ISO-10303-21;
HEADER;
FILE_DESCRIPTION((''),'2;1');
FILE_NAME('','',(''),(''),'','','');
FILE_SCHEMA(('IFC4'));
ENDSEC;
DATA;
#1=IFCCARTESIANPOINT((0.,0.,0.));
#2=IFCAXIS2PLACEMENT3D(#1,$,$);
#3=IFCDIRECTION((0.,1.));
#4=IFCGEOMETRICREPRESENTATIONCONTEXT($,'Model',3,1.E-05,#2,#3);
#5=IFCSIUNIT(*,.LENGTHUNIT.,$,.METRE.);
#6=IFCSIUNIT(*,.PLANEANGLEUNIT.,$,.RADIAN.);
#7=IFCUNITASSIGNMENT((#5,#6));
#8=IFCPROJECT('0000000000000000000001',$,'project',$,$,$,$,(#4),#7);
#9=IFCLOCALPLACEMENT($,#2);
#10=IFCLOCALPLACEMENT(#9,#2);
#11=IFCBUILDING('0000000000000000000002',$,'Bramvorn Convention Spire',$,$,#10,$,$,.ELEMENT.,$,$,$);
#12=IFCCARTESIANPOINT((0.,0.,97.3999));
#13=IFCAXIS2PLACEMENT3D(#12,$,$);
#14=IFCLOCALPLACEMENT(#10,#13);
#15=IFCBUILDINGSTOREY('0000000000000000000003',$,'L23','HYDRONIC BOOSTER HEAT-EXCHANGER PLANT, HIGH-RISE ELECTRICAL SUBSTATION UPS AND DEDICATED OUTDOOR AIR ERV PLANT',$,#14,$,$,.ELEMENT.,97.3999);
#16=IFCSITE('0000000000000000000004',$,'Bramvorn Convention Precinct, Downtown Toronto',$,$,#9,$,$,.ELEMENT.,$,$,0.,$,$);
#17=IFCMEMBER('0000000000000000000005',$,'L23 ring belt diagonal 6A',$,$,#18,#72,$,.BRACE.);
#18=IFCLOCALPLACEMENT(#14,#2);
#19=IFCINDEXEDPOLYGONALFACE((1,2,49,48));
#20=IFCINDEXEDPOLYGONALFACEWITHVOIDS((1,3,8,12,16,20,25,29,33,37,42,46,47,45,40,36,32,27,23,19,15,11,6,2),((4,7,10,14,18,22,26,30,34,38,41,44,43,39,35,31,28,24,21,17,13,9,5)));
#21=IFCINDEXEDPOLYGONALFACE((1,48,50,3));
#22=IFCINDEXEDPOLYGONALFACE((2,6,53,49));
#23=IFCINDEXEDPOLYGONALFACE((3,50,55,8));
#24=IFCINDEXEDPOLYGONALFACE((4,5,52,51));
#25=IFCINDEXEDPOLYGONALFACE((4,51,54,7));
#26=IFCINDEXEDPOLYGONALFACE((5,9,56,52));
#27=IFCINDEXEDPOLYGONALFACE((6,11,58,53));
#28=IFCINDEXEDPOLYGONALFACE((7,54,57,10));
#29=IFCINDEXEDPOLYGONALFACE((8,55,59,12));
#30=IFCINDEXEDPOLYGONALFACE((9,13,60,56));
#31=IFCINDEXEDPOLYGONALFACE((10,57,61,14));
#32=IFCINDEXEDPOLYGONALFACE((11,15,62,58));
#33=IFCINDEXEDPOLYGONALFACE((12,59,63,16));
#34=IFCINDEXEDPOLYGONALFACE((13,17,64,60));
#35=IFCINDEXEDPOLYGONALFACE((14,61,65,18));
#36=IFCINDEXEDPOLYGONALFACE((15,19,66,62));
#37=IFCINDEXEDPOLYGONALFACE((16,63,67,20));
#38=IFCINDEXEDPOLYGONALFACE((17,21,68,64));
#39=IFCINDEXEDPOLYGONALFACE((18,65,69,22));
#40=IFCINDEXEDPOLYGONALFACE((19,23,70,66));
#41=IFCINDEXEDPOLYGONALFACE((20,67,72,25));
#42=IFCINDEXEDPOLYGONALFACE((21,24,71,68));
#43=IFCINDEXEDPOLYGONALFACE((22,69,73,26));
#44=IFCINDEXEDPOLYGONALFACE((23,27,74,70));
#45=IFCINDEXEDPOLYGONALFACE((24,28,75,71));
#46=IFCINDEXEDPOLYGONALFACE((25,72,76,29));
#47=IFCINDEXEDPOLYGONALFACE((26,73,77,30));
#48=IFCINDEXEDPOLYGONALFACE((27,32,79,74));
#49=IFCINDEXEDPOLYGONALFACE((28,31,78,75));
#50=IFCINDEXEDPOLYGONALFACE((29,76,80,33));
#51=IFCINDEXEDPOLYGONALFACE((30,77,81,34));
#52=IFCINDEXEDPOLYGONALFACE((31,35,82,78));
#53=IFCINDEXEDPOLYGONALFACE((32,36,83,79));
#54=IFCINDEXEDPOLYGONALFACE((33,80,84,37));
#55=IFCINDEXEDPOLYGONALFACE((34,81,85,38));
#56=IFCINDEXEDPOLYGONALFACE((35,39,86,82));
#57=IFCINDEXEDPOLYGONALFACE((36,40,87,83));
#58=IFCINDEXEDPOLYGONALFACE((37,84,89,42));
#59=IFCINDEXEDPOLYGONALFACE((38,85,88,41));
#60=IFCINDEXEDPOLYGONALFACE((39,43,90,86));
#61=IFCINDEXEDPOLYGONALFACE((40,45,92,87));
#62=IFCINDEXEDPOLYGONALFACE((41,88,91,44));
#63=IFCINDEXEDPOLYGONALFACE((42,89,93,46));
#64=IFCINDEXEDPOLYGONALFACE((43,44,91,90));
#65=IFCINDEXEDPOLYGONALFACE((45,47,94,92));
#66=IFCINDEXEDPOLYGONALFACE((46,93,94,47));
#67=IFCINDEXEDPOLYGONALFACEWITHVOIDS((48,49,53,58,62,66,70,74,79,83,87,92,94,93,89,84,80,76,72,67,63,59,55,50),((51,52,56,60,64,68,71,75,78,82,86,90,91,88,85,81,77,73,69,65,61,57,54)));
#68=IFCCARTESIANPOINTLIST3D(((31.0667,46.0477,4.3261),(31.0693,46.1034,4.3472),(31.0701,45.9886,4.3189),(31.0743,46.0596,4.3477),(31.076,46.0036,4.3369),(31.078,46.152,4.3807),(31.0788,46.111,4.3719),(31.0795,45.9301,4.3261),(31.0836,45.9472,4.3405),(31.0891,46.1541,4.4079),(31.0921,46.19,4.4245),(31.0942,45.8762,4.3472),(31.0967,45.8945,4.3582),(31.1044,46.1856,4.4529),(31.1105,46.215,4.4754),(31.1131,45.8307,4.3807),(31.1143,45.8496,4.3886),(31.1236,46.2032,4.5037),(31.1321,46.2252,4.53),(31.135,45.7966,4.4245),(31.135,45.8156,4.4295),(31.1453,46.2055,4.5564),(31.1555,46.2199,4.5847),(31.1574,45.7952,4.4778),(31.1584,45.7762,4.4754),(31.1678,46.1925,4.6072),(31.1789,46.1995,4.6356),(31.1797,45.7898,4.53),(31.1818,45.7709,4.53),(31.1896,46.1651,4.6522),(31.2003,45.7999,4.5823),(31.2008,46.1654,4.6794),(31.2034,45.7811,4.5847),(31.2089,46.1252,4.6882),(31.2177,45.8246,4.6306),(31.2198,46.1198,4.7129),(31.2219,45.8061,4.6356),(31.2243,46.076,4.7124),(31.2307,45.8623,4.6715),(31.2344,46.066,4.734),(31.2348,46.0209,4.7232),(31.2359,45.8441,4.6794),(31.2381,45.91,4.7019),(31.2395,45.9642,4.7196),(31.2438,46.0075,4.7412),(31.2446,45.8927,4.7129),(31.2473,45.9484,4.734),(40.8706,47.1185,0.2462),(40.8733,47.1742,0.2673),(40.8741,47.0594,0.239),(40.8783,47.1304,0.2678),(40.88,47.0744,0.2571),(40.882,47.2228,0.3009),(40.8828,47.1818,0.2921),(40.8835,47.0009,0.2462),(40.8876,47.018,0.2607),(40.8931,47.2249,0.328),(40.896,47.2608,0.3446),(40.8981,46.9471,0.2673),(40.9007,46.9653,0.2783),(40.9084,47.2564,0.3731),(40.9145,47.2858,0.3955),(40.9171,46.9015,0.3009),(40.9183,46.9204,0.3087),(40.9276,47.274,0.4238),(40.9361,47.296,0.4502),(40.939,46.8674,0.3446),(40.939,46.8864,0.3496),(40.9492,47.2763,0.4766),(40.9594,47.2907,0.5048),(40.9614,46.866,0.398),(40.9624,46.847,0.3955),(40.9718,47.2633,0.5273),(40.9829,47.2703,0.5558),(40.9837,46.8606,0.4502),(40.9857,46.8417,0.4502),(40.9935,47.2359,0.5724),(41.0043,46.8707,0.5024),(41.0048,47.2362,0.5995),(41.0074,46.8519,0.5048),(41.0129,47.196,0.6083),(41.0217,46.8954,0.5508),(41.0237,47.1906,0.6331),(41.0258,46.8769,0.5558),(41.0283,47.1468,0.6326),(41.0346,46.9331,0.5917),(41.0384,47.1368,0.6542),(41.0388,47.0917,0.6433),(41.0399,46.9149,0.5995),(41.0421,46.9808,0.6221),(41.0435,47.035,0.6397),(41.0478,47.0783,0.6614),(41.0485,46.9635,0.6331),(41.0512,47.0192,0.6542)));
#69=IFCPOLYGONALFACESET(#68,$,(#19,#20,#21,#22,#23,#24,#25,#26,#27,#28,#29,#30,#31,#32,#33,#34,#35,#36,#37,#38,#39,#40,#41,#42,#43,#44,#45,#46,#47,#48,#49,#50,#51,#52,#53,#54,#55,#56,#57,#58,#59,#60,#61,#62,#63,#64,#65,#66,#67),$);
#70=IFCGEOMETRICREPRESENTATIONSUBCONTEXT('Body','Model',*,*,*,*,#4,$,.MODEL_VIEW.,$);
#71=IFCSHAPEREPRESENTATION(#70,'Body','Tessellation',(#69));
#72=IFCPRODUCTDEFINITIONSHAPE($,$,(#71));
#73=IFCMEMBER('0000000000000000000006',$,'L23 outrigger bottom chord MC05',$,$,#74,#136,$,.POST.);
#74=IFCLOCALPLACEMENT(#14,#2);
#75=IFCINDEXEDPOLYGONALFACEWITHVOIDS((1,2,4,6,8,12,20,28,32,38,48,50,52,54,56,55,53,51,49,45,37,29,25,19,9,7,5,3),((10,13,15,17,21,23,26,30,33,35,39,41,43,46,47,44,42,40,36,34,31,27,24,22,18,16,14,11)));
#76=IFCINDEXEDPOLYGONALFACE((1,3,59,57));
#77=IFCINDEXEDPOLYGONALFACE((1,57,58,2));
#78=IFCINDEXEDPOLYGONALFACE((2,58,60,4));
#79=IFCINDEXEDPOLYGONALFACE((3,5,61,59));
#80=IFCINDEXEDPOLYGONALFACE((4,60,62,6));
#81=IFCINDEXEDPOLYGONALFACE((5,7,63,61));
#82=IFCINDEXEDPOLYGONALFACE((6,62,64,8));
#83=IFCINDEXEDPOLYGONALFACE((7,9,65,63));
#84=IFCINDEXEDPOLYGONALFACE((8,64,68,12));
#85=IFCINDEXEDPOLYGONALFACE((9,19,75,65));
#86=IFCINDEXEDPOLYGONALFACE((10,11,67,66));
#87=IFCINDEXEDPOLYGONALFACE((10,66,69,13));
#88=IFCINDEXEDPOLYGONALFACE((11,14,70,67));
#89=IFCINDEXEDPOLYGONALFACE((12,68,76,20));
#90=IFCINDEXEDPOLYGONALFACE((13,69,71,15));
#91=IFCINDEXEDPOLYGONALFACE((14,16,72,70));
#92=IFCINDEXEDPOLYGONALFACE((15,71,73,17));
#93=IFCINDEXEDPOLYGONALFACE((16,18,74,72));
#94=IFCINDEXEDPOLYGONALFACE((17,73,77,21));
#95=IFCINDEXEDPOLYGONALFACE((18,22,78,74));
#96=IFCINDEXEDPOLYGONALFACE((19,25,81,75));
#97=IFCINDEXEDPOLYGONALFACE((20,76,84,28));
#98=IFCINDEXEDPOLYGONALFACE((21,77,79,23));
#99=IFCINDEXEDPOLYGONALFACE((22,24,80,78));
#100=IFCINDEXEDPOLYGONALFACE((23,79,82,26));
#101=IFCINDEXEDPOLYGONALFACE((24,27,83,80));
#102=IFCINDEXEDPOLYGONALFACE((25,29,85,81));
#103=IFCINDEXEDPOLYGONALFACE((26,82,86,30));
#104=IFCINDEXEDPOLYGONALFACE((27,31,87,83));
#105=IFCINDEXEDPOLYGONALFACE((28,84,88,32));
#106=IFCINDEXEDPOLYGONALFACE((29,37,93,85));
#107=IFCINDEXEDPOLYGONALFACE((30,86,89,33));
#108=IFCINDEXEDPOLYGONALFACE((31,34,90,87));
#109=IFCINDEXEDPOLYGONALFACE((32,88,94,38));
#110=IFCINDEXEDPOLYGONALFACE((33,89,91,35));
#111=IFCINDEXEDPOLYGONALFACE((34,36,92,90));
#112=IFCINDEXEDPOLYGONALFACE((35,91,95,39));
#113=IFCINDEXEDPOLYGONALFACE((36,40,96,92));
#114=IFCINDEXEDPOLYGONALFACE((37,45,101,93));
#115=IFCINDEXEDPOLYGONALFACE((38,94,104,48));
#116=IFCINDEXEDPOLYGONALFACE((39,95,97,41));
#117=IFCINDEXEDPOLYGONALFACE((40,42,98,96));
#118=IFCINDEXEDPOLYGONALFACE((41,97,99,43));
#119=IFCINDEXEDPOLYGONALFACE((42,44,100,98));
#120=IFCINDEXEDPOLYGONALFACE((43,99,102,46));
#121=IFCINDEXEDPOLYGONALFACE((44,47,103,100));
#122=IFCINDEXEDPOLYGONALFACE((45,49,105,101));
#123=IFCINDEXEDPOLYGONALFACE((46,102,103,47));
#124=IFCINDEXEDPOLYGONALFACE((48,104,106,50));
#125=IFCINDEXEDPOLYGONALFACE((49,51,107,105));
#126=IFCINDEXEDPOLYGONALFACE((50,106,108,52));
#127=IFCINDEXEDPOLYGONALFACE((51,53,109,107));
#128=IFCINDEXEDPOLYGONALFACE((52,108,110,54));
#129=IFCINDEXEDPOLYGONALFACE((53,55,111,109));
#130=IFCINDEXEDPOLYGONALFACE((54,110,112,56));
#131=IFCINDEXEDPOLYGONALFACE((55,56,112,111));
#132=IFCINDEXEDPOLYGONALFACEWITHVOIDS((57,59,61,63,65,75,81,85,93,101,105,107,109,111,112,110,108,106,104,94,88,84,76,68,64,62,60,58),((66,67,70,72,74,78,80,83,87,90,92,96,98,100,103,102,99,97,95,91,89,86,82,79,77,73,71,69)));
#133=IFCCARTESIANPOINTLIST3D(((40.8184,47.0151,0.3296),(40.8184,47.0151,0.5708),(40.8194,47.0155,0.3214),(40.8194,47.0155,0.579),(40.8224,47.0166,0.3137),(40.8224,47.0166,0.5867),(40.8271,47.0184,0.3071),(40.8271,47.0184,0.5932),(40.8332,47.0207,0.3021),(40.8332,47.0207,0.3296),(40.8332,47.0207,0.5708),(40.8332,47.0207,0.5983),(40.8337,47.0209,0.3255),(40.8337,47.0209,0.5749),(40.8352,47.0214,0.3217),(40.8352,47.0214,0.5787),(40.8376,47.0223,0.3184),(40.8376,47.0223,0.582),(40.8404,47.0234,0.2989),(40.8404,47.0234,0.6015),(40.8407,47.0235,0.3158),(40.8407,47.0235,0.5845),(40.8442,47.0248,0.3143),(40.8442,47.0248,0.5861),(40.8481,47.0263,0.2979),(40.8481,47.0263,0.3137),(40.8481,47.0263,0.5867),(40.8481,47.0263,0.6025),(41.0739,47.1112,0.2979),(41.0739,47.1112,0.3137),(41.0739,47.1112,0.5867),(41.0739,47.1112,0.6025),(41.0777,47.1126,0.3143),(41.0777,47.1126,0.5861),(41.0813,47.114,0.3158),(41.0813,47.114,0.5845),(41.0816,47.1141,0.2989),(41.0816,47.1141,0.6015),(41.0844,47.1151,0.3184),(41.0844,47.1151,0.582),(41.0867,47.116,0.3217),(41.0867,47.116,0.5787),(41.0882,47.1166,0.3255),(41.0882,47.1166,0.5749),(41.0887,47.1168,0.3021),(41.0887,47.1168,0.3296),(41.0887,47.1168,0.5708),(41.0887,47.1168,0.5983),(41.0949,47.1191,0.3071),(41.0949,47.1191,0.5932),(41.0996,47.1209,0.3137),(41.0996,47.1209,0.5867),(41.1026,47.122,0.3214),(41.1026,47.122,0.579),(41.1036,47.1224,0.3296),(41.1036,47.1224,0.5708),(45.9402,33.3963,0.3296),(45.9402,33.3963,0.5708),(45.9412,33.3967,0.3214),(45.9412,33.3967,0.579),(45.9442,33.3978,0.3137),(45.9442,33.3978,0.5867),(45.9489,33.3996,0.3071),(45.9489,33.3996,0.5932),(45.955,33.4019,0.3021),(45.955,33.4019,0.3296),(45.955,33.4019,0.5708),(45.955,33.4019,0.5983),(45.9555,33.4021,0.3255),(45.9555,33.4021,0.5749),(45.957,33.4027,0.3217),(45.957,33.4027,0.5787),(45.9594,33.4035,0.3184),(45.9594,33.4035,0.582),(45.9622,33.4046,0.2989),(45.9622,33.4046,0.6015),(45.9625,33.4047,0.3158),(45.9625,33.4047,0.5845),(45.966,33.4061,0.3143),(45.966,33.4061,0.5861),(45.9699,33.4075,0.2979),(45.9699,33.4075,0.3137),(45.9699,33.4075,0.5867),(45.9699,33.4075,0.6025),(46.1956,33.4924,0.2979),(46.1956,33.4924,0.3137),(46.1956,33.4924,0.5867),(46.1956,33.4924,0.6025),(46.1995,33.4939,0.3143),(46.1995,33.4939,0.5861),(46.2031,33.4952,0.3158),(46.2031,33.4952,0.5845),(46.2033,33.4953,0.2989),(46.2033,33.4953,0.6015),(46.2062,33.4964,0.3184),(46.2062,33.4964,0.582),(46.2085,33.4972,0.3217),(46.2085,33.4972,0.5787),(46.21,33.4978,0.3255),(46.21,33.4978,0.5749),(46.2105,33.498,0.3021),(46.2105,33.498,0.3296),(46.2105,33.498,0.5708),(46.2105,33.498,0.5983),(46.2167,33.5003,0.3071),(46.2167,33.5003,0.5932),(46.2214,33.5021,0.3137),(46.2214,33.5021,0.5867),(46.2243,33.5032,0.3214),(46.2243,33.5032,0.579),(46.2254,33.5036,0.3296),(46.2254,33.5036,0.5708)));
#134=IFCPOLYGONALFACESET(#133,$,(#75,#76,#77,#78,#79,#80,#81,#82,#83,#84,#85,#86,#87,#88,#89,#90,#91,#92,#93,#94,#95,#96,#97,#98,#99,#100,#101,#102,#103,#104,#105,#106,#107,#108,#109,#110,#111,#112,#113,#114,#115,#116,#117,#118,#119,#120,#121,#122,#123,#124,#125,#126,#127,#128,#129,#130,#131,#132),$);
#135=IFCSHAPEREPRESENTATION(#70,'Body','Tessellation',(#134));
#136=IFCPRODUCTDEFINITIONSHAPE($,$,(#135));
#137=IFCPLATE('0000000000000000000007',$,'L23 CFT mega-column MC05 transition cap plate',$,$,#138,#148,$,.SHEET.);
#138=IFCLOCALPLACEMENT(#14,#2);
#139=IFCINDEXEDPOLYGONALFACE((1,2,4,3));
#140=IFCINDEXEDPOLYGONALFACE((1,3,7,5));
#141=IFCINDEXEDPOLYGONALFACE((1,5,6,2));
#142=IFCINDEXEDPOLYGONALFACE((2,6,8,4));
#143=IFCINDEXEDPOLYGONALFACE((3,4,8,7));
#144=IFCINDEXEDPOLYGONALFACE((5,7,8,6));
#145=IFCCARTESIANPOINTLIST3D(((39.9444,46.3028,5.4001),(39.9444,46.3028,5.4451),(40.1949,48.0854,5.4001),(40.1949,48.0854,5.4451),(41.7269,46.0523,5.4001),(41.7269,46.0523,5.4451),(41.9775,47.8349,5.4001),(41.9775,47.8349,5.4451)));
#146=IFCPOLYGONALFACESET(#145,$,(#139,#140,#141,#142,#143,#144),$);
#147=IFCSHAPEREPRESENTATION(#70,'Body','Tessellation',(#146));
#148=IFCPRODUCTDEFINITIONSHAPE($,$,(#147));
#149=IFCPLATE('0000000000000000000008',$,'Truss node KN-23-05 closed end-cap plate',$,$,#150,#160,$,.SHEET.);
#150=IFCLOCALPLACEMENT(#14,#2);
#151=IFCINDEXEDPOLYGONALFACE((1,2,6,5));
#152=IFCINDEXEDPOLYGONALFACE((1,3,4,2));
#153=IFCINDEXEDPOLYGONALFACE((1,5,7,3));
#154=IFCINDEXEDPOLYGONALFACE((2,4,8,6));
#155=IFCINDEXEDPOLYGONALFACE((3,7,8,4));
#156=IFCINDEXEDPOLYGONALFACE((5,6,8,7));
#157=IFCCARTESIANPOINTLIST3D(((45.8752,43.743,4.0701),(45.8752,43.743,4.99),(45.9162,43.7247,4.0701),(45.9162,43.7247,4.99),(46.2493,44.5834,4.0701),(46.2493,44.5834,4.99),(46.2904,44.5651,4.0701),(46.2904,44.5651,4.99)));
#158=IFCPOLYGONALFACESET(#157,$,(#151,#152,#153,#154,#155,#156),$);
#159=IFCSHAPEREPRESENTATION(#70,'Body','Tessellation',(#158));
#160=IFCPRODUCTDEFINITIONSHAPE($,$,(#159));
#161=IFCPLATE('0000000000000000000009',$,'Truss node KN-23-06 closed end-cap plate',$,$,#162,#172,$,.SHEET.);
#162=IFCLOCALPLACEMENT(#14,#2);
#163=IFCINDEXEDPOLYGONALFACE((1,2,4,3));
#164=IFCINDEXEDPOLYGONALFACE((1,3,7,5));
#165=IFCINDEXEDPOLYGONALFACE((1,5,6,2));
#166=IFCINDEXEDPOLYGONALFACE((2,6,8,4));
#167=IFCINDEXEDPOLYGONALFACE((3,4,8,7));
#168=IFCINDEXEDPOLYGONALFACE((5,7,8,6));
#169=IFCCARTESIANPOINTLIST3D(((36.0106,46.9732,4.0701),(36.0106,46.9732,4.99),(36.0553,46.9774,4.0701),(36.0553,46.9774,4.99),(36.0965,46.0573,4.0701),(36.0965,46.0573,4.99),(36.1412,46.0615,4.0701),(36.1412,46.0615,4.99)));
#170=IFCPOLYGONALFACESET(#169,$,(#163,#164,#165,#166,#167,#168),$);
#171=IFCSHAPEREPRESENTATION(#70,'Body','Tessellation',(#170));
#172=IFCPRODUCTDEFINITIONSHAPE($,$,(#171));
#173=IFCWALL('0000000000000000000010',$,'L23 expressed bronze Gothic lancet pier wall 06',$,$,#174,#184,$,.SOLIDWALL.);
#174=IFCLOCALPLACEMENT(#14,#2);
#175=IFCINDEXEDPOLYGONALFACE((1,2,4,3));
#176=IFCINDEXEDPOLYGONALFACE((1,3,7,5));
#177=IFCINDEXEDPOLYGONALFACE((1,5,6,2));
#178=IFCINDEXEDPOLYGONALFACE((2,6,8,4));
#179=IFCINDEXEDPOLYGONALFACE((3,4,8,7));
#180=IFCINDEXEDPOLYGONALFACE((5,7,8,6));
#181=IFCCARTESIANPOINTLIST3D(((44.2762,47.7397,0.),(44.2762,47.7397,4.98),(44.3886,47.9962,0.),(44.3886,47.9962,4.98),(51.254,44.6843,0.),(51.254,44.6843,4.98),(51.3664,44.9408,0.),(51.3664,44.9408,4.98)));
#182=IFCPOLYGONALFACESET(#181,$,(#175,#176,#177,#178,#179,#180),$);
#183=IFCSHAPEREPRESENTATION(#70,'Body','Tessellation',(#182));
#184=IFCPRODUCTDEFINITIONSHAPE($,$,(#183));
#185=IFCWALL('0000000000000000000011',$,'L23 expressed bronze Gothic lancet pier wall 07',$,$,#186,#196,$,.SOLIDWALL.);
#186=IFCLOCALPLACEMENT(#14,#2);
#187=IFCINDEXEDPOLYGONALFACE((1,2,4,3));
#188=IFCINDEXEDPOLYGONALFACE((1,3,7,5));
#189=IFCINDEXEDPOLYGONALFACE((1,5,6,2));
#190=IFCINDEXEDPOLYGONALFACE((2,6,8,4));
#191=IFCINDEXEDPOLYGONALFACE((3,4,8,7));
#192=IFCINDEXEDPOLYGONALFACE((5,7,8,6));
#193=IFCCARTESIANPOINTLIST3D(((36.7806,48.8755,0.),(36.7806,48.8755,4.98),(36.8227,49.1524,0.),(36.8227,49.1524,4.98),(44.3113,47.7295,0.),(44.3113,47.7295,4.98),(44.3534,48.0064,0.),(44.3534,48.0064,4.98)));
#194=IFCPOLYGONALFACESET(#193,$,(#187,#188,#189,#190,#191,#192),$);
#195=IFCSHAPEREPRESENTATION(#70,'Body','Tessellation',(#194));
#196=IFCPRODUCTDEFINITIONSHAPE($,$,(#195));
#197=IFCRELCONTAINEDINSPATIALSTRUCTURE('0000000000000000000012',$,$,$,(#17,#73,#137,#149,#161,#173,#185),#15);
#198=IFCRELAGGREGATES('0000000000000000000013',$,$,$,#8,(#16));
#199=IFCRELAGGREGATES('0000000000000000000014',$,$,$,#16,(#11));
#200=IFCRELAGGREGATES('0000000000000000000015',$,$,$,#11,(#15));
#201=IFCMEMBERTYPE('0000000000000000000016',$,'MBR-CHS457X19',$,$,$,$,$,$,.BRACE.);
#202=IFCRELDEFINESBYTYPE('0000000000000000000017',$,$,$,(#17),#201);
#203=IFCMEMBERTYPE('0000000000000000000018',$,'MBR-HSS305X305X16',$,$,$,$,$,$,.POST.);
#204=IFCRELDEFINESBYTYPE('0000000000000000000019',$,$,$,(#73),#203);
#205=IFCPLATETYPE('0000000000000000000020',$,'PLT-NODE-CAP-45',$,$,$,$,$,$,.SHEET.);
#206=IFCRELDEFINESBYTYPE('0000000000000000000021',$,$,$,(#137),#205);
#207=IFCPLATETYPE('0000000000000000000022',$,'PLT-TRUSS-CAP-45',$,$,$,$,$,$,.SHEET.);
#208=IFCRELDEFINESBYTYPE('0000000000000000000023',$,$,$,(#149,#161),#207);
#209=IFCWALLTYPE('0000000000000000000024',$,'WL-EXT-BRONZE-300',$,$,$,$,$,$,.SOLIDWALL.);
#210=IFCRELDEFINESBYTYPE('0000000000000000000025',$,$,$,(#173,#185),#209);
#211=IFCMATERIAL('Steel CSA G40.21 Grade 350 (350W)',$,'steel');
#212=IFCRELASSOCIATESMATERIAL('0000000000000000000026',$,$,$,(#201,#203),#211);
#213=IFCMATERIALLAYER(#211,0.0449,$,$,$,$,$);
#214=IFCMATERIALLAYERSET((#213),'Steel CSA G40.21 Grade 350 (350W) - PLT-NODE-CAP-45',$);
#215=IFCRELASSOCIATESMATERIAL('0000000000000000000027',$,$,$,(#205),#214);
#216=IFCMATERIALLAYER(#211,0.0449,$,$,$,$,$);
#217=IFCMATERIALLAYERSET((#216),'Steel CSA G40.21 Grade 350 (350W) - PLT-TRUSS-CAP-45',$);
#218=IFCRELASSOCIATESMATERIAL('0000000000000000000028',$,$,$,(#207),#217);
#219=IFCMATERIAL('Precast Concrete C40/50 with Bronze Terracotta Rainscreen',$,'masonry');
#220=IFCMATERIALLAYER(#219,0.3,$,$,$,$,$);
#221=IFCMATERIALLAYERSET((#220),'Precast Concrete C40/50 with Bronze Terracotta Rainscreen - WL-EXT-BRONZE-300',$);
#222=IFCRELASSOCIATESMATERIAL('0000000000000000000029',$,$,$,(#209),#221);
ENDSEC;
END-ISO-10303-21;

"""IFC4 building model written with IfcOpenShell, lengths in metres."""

from ifc_helpers import new_model, si_unit, direction, frame, frame_2d, origin, origin_2d, place, context, subcontext, project, spatial, rectangle, hollow_rectangle, hollow_circle, extrude, material, layer, layer_set, material_profile, profile_set, type_object, element, save


model = new_model("IFC4")

# Units and contexts
model_context = context("Model", 3, precision=1e-05, world=origin(), true_north=direction((0.0, 1.0)))
body_context = subcontext(model_context, "Body", "Model", "MODEL_VIEW")
ifc_project = project(units=[si_unit("LENGTHUNIT", "METRE"), si_unit("PLANEANGLEUNIT", "RADIAN")], contexts=[model_context])

# Site, building, storey
site_placement = place(None, origin())
site = spatial("IfcSite", under=ifc_project, at=site_placement, Name="Bramvorn Convention Precinct, Downtown Toronto", CompositionType="ELEMENT", RefElevation=0.0)
building_placement = place(site_placement, origin())
building = spatial("IfcBuilding", under=site, at=building_placement, Name="Bramvorn Convention Spire", CompositionType="ELEMENT")
storey_placement = place(building_placement, frame((0.0, 0.0, 97.3999)))
storey = spatial("IfcBuildingStorey", under=building, at=storey_placement, Name="L23", Description="HYDRONIC BOOSTER HEAT-EXCHANGER PLANT, HIGH-RISE ELECTRICAL SUBSTATION UPS AND DEDICATED OUTDOOR AIR ERV PLANT", CompositionType="ELEMENT", Elevation=97.3999)

# Shared definitions
ifc_material_1 = material(Name="Steel CSA G40.21 Grade 350 (350W)", Category="steel")

# Members
ifc_material_profile_1 = material_profile(ifc_material_1, hollow_circle(Radius=0.2285, WallThickness=0.019, at=origin_2d()))
ifc_profile_set_1 = profile_set([ifc_material_profile_1], Name="Steel CSA G40.21 Grade 350 (350W) - CHS457X19")
member_type_1 = type_object("IfcMemberType", Name="MBR-CHS457X19", PredefinedType="BRACE", material=ifc_profile_set_1)
member_1_placement = place(storey_placement, frame((40.9609, 47.0688, 0.4502), z_axis=(-0.91859, -0.10033, 0.382264), x_axis=(0.108576, -0.994088, 0.0)))
element("IfcMember", 1, at=member_1_placement, inside=storey, type_object=member_type_1, Name="L23 ring belt diagonal 6A", PredefinedType="BRACE", context=body_context, shape_type="SweptSolid", body=[
    extrude(hollow_circle(Radius=0.2285, WallThickness=0.019, at=origin_2d()), origin(), (0.0, 0.0, 1.0), 10.6729),
])
ifc_material_profile_2 = material_profile(ifc_material_1, hollow_rectangle(XDim=0.3047, YDim=0.3047, WallThickness=0.0159, InnerFilletRadius=0.0159, OuterFilletRadius=0.0317, at=origin_2d()))
ifc_profile_set_2 = profile_set([ifc_material_profile_2], Name="Steel CSA G40.21 Grade 350 (350W) - HSS305X305X16")
member_type_2 = type_object("IfcMemberType", Name="MBR-HSS305X305X16", PredefinedType="POST", material=ifc_profile_set_2)
member_2_placement = place(storey_placement, frame((46.0828, 33.45, 0.4502), z_axis=(-0.352011, 0.935996, 0.0), x_axis=(-0.935996, -0.352011, 0.0)))
element("IfcMember", 2, at=member_2_placement, inside=storey, type_object=member_type_2, Name="L23 outrigger bottom chord MC05", PredefinedType="POST", context=body_context, shape_type="SweptSolid", body=[
    extrude(hollow_rectangle(XDim=0.3047, YDim=0.3047, WallThickness=0.0159, InnerFilletRadius=0.0159, OuterFilletRadius=0.0317, at=origin_2d()), origin(), (0.0, 0.0, 1.0), 14.55),
])

# Plates
ifc_layer_1 = layer(ifc_material_1, 0.0449)
ifc_layer_set_1 = layer_set([ifc_layer_1], Name="Steel CSA G40.21 Grade 350 (350W) - PLT-NODE-CAP-45")
plate_type_1 = type_object("IfcPlateType", Name="PLT-NODE-CAP-45", PredefinedType="SHEET", material=ifc_layer_set_1)
plate_placement = place(storey_placement, frame((40.9609, 47.0688, 5.4001), z_axis=(0.0, 0.0, 1.0), x_axis=(0.139171, 0.990268, 0.0)))
element("IfcPlate", 3, at=plate_placement, inside=storey, type_object=plate_type_1, Name="L23 CFT mega-column MC05 transition cap plate", PredefinedType="SHEET", context=body_context, shape_type="SweptSolid", body=[
    extrude(rectangle(XDim=1.8, YDim=1.8, at=origin_2d()), origin(), (0.0, 0.0, 1.0), 0.0449),
])
ifc_layer_2 = layer(ifc_material_1, 0.0449)
ifc_layer_set_2 = layer_set([ifc_layer_2], Name="Steel CSA G40.21 Grade 350 (350W) - PLT-TRUSS-CAP-45")
plate_type_2 = type_object("IfcPlateType", Name="PLT-TRUSS-CAP-45", PredefinedType="SHEET", material=ifc_layer_set_2)
for number, where, z_axis, x_axis, name in (
    (4, (46.0828, 44.1541, 4.0701), (0.0, 0.0, 1.0), (0.406737, 0.913545, 0.0), "Truss node KN-23-05 closed end-cap plate"),
    (5, (36.0759, 46.5173, 4.0701), (0.0, 0.0, 1.0), (-0.093364, 0.995632, 0.0), "Truss node KN-23-06 closed end-cap plate"),
):
    element("IfcPlate", number, at=place(storey_placement, frame(where, z_axis=z_axis, x_axis=x_axis)), inside=storey, type_object=plate_type_2, Name=name, PredefinedType="SHEET", context=body_context, shape_type="SweptSolid", body=[
        extrude(rectangle(XDim=0.9199, YDim=0.0449, at=origin_2d()), origin(), (0.0, 0.0, 1.0), 0.9199),
    ])

# Walls
ifc_material_2 = material(Name="Precast Concrete C40/50 with Bronze Terracotta Rainscreen", Category="masonry")
ifc_layer_3 = layer(ifc_material_2, 0.3)
ifc_layer_set_3 = layer_set([ifc_layer_3], Name="Precast Concrete C40/50 with Bronze Terracotta Rainscreen - WL-EXT-BRONZE-300")
wall_type = type_object("IfcWallType", Name="WL-EXT-BRONZE-300", PredefinedType="SOLIDWALL", material=ifc_layer_set_3)
for number, where, z_axis, x_axis, name in (
    (6, (44.3325, 47.8679, 0.0), (0.0, 0.0, 1.0), (0.91603, -0.40111, 0.0), "L23 expressed bronze Gothic lancet pier wall 06"),
    (7, (36.8018, 49.0139, 0.0), (0.0, 0.0, 1.0), (0.988619, -0.150443, 0.0), "L23 expressed bronze Gothic lancet pier wall 07"),
):
    element("IfcWall", number, at=place(storey_placement, frame(where, z_axis=z_axis, x_axis=x_axis)), inside=storey, type_object=wall_type, Name=name, PredefinedType="SOLIDWALL", context=body_context, shape_type="SweptSolid", body=[
        extrude(rectangle(XDim=7.6174, YDim=0.28, at=frame_2d((3.8086, 0.0))), origin(), (0.0, 0.0, 1.0), 4.98),
    ])

save(model, "model.ifc")
